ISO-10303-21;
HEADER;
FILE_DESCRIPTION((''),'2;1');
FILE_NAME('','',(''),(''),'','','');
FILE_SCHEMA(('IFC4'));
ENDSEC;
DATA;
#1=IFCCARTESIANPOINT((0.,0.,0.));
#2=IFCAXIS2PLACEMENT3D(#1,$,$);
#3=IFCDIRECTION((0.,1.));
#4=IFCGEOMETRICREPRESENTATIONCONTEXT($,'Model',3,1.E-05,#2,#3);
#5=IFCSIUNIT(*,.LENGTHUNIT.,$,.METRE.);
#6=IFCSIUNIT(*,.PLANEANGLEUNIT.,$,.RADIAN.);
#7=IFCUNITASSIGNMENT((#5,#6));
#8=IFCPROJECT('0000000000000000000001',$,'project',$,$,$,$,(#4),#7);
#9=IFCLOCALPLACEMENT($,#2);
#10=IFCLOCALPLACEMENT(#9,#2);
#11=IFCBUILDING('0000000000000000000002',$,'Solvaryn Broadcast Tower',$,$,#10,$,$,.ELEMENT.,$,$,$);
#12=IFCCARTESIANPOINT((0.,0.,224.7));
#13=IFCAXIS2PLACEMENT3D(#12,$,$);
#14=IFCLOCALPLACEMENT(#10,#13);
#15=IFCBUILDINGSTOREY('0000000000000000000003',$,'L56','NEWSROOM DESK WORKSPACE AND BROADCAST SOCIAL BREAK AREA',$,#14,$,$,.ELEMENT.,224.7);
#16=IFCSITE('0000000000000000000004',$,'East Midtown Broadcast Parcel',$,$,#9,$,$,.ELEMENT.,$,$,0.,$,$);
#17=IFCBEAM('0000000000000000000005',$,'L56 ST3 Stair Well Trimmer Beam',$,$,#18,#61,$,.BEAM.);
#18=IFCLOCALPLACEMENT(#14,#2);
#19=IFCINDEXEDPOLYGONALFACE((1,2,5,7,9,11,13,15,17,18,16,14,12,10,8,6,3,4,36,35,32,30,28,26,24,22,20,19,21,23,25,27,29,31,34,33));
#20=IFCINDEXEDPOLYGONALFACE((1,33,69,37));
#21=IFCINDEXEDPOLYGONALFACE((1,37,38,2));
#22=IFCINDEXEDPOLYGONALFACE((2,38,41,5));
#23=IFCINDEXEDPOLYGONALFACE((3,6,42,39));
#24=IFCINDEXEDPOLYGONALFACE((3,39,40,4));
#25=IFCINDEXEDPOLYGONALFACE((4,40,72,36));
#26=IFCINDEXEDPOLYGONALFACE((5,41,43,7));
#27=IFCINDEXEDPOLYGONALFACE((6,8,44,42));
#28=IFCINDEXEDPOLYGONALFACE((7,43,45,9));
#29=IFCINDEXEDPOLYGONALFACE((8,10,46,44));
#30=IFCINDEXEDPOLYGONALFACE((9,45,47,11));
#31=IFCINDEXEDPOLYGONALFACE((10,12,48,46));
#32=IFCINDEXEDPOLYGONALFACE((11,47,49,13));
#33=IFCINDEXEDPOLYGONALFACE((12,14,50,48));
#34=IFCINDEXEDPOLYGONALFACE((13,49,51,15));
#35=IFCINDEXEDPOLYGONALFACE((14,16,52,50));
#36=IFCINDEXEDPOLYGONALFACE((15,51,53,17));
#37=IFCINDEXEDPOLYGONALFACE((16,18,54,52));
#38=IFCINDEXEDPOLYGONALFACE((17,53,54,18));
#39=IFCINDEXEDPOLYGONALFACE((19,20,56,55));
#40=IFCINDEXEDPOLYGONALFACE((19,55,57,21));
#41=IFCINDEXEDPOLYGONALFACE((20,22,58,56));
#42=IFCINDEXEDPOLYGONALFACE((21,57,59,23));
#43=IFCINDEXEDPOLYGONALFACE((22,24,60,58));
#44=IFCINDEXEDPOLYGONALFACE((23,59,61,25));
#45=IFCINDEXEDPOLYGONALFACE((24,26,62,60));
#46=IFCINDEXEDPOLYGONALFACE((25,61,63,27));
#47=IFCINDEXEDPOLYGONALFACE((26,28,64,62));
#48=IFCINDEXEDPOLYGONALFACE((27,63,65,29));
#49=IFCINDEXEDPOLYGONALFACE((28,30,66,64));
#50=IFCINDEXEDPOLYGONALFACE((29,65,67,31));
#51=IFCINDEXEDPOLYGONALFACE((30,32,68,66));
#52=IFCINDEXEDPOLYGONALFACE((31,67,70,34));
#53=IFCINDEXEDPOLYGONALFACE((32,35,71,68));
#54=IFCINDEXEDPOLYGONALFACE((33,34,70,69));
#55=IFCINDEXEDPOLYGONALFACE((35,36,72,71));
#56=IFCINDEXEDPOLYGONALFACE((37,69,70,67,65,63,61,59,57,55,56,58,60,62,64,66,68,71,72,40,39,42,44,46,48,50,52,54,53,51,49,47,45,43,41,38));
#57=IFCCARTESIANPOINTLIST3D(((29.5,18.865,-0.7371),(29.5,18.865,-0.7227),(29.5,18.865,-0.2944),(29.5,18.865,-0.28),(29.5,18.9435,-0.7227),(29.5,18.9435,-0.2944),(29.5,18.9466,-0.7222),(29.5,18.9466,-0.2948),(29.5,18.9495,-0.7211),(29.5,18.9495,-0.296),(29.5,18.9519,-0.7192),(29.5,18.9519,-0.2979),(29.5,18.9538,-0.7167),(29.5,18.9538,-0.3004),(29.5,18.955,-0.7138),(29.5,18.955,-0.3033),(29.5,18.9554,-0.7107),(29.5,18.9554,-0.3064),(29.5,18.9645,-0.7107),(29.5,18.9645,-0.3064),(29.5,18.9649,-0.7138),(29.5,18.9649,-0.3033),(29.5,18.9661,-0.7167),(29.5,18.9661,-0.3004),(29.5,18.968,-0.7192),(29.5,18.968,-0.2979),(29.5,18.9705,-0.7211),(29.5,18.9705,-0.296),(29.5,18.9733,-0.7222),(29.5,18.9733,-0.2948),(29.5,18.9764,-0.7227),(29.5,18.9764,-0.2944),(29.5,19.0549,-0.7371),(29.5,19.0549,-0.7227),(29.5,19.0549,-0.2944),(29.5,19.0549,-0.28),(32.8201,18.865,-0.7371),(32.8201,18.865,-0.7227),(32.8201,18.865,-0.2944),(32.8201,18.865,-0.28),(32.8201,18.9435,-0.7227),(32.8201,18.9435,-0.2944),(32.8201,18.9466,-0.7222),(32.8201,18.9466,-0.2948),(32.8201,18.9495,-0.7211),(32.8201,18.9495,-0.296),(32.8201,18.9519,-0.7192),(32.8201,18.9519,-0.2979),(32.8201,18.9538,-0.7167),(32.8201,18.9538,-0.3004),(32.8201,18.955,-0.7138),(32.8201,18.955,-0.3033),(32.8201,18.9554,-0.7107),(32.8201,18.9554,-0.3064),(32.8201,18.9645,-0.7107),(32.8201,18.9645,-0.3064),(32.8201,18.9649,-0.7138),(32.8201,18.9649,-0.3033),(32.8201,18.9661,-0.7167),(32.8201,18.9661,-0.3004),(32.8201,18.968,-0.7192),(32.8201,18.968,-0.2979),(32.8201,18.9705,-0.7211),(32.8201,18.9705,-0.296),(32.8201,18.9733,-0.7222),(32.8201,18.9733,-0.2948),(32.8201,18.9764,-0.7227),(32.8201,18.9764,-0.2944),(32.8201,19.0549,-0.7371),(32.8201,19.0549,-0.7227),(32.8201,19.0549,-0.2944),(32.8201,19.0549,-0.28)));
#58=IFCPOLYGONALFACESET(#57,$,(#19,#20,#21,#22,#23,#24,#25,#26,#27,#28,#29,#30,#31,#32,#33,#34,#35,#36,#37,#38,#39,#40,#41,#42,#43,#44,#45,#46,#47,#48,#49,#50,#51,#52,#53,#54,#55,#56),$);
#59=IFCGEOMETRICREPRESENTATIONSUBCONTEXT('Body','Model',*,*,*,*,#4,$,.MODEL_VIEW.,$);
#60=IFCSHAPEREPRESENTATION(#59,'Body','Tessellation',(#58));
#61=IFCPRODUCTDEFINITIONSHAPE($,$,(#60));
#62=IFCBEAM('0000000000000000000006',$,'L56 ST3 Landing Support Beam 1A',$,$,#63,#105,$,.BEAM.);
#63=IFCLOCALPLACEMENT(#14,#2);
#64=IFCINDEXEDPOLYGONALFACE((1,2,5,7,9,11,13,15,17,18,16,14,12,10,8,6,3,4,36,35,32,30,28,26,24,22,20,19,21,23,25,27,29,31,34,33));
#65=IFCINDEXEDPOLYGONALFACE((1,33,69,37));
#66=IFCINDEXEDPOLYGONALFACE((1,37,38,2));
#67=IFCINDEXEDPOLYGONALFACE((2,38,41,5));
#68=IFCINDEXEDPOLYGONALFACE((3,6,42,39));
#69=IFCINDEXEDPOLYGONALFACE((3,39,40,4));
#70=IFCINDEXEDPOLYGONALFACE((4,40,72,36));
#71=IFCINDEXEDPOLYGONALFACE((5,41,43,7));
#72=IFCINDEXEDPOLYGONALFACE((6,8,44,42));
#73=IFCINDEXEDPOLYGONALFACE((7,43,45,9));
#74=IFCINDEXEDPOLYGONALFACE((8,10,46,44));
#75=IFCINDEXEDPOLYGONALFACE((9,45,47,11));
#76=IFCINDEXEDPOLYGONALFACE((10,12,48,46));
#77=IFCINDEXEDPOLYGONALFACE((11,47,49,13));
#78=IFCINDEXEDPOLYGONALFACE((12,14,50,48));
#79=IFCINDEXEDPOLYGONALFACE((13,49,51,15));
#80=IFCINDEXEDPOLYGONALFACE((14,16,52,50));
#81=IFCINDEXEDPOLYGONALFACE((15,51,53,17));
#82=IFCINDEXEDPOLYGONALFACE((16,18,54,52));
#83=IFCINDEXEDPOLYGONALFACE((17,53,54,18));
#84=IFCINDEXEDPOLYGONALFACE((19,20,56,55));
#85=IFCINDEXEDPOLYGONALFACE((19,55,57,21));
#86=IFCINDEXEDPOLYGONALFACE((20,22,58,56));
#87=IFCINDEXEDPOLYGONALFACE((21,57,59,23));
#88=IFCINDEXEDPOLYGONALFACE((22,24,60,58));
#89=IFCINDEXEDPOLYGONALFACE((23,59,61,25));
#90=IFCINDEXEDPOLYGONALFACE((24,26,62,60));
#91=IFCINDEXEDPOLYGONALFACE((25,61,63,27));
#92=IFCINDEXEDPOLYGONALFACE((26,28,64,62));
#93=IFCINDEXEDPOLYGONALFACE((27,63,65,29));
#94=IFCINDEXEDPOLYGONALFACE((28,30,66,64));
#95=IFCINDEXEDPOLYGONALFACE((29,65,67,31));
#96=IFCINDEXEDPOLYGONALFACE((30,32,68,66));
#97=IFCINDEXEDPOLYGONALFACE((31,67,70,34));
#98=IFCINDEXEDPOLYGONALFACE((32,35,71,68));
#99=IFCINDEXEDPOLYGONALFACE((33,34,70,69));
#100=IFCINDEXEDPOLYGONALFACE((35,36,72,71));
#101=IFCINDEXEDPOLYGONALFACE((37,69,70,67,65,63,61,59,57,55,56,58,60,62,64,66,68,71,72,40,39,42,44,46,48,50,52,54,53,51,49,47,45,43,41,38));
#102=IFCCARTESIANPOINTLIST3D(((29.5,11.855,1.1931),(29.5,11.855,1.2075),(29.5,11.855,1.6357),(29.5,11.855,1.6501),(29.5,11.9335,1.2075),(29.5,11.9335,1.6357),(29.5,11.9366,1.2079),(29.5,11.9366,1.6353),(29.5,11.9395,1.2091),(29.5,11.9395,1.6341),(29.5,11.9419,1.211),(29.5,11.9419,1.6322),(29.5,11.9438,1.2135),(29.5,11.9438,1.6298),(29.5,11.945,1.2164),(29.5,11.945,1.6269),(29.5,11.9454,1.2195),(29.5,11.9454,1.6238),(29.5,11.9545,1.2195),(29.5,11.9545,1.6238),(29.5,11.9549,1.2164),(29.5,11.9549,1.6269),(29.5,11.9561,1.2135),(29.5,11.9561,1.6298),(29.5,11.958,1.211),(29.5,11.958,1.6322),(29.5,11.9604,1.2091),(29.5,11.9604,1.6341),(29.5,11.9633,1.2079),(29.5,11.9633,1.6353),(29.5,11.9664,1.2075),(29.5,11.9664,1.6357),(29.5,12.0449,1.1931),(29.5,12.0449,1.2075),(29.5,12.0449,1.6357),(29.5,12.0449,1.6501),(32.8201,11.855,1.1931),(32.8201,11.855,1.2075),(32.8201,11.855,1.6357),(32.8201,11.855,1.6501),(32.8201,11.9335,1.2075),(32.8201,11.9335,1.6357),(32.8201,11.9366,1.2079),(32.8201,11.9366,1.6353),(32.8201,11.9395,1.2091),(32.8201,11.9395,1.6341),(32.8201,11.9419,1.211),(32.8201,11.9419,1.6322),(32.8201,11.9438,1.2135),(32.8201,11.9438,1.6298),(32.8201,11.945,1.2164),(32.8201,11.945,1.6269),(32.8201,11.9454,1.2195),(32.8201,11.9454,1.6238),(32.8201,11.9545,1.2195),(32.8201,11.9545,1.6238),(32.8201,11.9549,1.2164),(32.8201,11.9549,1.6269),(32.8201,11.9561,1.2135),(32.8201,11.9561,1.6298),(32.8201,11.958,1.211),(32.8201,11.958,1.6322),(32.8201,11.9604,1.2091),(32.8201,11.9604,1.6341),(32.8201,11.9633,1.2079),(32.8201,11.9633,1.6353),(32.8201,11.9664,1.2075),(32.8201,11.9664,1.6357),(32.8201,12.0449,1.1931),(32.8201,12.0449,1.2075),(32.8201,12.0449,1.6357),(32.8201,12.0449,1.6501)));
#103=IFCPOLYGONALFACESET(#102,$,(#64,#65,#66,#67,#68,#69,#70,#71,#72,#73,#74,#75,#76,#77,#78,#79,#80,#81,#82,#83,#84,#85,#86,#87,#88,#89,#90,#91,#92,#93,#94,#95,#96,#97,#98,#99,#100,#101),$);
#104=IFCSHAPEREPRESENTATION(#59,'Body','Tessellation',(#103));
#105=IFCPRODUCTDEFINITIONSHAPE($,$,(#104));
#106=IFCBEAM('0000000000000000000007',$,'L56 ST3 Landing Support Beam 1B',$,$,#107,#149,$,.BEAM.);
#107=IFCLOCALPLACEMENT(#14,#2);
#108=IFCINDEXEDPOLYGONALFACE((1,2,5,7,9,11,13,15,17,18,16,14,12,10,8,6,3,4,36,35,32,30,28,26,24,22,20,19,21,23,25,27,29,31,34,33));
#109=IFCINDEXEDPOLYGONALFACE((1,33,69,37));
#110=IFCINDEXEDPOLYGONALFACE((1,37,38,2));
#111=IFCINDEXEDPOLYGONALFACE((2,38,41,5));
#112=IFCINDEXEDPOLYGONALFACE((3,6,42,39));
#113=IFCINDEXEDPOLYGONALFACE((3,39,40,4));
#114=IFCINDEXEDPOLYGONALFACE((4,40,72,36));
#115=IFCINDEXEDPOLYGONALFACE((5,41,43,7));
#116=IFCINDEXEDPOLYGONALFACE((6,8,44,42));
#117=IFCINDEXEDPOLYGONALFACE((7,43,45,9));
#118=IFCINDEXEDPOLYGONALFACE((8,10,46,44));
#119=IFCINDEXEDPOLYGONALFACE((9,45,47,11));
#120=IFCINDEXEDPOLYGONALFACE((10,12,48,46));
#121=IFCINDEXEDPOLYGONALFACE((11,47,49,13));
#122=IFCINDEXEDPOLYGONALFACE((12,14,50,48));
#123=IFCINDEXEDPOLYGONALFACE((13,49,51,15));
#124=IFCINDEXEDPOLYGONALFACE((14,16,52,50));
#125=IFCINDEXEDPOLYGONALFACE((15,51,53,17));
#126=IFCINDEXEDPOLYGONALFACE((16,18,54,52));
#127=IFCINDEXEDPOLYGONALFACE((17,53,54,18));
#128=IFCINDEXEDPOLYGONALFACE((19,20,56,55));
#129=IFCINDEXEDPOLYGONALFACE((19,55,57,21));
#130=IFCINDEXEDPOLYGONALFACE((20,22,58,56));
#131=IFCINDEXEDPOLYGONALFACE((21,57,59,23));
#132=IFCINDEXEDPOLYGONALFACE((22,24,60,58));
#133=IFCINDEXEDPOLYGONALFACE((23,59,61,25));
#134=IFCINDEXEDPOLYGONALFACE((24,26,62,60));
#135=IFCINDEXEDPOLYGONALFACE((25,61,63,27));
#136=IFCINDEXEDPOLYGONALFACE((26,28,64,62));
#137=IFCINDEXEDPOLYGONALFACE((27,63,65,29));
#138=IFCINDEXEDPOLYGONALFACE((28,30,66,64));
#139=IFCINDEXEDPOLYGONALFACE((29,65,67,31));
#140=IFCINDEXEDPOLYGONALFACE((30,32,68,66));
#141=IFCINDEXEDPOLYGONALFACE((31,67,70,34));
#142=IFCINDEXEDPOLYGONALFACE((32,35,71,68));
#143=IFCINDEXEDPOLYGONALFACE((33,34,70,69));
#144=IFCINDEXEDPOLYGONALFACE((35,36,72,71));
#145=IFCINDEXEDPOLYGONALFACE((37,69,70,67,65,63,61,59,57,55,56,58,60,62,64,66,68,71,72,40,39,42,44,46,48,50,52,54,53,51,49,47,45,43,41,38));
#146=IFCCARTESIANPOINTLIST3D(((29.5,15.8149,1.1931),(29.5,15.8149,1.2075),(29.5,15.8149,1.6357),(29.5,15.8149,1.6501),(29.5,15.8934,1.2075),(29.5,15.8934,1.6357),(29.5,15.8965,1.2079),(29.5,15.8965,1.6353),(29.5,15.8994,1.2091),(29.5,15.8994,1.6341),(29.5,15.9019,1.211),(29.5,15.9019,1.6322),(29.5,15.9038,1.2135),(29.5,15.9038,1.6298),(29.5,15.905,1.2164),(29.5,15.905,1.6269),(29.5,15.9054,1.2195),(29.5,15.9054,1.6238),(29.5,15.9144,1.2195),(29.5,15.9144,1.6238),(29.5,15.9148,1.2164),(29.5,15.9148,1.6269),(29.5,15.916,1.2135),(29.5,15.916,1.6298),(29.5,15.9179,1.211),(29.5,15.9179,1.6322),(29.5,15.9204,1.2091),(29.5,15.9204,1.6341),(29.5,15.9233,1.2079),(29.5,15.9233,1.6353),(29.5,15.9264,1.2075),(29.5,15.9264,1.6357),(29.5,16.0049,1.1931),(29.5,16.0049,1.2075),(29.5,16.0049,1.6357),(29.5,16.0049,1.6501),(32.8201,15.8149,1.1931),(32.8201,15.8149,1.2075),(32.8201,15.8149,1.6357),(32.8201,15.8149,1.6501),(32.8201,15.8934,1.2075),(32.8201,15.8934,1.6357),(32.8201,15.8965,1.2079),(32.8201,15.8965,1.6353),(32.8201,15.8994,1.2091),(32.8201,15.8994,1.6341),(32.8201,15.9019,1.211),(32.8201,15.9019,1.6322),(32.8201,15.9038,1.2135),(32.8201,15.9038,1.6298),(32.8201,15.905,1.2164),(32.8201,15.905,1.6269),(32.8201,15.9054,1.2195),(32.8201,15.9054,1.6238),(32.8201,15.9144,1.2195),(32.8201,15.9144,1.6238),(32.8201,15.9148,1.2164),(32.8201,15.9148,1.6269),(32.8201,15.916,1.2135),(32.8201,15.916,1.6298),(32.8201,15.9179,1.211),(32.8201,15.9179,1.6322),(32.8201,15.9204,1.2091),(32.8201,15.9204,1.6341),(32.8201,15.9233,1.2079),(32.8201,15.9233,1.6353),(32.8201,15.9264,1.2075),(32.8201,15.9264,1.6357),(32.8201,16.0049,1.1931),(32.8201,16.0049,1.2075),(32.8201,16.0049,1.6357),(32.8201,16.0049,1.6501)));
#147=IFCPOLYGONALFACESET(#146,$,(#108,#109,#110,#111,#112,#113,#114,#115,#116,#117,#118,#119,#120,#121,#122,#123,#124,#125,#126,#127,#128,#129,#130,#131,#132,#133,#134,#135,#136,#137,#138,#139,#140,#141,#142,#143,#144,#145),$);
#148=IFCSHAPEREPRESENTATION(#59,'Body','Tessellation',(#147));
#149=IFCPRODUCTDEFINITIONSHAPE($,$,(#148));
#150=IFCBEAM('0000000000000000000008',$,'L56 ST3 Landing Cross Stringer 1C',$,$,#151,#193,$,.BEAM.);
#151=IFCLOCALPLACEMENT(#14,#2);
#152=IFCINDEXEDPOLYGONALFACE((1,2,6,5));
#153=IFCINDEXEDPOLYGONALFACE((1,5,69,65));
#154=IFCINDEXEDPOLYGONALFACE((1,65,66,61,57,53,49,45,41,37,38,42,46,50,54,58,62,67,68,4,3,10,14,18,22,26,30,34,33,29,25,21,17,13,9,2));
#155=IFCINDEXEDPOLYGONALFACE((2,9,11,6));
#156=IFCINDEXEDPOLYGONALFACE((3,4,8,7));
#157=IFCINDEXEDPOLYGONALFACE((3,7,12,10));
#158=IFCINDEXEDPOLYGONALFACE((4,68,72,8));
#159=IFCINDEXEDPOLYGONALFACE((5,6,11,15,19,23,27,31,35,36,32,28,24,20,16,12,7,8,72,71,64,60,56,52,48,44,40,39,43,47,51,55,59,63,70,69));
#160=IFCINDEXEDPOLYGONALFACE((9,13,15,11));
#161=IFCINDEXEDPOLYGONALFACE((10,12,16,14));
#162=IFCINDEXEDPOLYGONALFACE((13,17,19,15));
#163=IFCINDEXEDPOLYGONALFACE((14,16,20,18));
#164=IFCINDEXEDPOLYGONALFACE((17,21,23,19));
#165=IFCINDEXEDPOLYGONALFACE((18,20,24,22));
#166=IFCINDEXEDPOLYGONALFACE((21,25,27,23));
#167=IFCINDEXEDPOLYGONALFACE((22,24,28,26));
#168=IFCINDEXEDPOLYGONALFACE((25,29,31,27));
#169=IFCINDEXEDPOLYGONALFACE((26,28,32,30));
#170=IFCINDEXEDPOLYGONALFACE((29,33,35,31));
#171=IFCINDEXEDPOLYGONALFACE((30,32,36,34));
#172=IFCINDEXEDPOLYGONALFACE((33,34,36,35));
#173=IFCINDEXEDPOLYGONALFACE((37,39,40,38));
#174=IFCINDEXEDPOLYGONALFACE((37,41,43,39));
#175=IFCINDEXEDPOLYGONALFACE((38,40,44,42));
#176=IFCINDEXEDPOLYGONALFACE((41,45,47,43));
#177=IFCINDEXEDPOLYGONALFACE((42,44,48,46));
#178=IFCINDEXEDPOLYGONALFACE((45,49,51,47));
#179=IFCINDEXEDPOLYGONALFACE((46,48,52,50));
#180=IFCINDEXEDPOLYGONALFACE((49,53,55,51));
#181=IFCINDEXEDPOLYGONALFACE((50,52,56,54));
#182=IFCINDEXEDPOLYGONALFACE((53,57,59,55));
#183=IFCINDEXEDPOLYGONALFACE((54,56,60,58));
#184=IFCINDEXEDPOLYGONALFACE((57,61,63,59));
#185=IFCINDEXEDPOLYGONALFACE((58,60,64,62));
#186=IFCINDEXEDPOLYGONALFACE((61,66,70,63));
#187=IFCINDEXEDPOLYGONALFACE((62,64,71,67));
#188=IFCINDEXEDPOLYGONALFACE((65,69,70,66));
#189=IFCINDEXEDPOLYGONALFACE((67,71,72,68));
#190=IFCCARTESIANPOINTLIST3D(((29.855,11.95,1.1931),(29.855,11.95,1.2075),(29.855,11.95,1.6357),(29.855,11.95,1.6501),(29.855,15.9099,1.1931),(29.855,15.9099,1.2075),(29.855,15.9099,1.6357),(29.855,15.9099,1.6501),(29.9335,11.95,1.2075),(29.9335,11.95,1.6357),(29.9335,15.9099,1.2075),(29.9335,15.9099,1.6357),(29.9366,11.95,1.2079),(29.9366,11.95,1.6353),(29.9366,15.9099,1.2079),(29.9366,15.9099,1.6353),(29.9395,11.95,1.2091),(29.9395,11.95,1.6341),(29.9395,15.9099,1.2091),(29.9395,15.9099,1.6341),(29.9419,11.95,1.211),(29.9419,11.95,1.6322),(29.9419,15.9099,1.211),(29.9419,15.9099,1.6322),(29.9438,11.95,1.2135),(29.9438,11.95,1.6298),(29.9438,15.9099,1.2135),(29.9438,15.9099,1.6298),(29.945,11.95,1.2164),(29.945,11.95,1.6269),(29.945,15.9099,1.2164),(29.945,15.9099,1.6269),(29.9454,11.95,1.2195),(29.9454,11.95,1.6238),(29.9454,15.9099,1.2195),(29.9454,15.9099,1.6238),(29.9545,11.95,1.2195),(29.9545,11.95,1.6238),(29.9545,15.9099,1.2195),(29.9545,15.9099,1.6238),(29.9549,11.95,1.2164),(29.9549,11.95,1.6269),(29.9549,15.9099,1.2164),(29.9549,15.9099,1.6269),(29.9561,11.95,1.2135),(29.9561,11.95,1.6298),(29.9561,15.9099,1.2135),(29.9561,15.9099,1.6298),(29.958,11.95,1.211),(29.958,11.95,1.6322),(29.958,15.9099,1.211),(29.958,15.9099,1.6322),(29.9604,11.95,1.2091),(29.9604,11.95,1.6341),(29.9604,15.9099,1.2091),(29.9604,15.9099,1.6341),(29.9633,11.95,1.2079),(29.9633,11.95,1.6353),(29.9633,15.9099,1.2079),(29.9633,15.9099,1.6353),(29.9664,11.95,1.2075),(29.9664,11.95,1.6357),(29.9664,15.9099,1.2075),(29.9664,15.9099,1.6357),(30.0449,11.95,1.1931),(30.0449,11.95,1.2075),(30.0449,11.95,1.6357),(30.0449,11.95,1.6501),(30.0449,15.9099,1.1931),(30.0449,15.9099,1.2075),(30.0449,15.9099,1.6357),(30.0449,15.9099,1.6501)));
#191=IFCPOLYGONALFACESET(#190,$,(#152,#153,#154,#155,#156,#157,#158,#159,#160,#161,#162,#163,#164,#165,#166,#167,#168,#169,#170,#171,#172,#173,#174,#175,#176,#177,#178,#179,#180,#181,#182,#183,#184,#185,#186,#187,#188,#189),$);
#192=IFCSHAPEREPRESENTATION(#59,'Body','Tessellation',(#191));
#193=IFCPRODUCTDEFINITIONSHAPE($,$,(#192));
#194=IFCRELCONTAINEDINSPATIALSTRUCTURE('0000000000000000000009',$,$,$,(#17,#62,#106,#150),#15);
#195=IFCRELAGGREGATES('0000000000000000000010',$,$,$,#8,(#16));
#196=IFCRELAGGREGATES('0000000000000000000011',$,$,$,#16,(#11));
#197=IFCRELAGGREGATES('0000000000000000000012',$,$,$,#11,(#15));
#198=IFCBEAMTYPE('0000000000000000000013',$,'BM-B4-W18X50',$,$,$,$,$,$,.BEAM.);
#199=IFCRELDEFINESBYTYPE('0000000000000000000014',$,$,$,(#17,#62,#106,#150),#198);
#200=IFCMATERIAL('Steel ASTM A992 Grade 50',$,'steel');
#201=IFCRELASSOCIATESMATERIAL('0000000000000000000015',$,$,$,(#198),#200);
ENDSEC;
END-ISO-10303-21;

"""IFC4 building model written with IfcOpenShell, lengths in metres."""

from ifc_helpers import new_model, si_unit, direction, frame, origin, origin_2d, place, context, subcontext, project, spatial, i_section, extrude, material, material_profile, profile_set, type_object, element, save


model = new_model("IFC4")

# Units and contexts
model_context = context("Model", 3, precision=1e-05, world=origin(), true_north=direction((0.0, 1.0)))
body_context = subcontext(model_context, "Body", "Model", "MODEL_VIEW")
ifc_project = project(units=[si_unit("LENGTHUNIT", "METRE"), si_unit("PLANEANGLEUNIT", "RADIAN")], contexts=[model_context])

# Site, building, storey
site_placement = place(None, origin())
site = spatial("IfcSite", under=ifc_project, at=site_placement, Name="East Midtown Broadcast Parcel", CompositionType="ELEMENT", RefElevation=0.0)
building_placement = place(site_placement, origin())
building = spatial("IfcBuilding", under=site, at=building_placement, Name="Solvaryn Broadcast Tower", CompositionType="ELEMENT")
storey_placement = place(building_placement, frame((0.0, 0.0, 224.7)))
storey = spatial("IfcBuildingStorey", under=building, at=storey_placement, Name="L56", Description="NEWSROOM DESK WORKSPACE AND BROADCAST SOCIAL BREAK AREA", CompositionType="ELEMENT", Elevation=224.7)

# Beams
ifc_material_1 = material(Name="Steel ASTM A992 Grade 50", Category="steel")
ifc_material_profile_1 = material_profile(ifc_material_1, i_section(OverallWidth=0.1899, OverallDepth=0.457, WebThickness=0.009, FlangeThickness=0.0144, FilletRadius=0.012, at=origin_2d()))
ifc_profile_set_1 = profile_set([ifc_material_profile_1], Name="Steel ASTM A992 Grade 50")
beam_type_1 = type_object("IfcBeamType", Name="BM-B4-W18X50", PredefinedType="BEAM", material=ifc_profile_set_1)
for number, where, z_axis, x_axis, name in (
    (1, (29.5, 18.96, -0.5085), (1.0, 0.0, 0.0), (0.0, 1.0, 0.0), "L56 ST3 Stair Well Trimmer Beam"),
    (2, (29.5, 11.95, 1.4216), (1.0, 0.0, 0.0), (0.0, 1.0, 0.0), "L56 ST3 Landing Support Beam 1A"),
    (3, (29.5, 15.9099, 1.4216), (1.0, 0.0, 0.0), (0.0, 1.0, 0.0), "L56 ST3 Landing Support Beam 1B"),
):
    element("IfcBeam", number, at=place(storey_placement, frame(where, z_axis=z_axis, x_axis=x_axis)), inside=storey, type_object=beam_type_1, Name=name, PredefinedType="BEAM", context=body_context, shape_type="SweptSolid", body=[
        extrude(i_section(OverallWidth=0.1899, OverallDepth=0.457, WebThickness=0.009, FlangeThickness=0.0144, FilletRadius=0.012, at=origin_2d()), origin(), (0.0, 0.0, 1.0), 3.3201),
    ])
beam_1_placement = place(storey_placement, frame((29.95, 11.95, 1.4216), z_axis=(0.0, 1.0, 0.0), x_axis=(-1.0, 0.0, 0.0)))
element("IfcBeam", 4, at=beam_1_placement, inside=storey, type_object=beam_type_1, Name="L56 ST3 Landing Cross Stringer 1C", PredefinedType="BEAM", context=body_context, shape_type="SweptSolid", body=[
    extrude(i_section(OverallWidth=0.1899, OverallDepth=0.457, WebThickness=0.009, FlangeThickness=0.0144, FilletRadius=0.012, at=origin_2d()), origin(), (0.0, 0.0, 1.0), 3.96),
])

save(model, "model.ifc")
